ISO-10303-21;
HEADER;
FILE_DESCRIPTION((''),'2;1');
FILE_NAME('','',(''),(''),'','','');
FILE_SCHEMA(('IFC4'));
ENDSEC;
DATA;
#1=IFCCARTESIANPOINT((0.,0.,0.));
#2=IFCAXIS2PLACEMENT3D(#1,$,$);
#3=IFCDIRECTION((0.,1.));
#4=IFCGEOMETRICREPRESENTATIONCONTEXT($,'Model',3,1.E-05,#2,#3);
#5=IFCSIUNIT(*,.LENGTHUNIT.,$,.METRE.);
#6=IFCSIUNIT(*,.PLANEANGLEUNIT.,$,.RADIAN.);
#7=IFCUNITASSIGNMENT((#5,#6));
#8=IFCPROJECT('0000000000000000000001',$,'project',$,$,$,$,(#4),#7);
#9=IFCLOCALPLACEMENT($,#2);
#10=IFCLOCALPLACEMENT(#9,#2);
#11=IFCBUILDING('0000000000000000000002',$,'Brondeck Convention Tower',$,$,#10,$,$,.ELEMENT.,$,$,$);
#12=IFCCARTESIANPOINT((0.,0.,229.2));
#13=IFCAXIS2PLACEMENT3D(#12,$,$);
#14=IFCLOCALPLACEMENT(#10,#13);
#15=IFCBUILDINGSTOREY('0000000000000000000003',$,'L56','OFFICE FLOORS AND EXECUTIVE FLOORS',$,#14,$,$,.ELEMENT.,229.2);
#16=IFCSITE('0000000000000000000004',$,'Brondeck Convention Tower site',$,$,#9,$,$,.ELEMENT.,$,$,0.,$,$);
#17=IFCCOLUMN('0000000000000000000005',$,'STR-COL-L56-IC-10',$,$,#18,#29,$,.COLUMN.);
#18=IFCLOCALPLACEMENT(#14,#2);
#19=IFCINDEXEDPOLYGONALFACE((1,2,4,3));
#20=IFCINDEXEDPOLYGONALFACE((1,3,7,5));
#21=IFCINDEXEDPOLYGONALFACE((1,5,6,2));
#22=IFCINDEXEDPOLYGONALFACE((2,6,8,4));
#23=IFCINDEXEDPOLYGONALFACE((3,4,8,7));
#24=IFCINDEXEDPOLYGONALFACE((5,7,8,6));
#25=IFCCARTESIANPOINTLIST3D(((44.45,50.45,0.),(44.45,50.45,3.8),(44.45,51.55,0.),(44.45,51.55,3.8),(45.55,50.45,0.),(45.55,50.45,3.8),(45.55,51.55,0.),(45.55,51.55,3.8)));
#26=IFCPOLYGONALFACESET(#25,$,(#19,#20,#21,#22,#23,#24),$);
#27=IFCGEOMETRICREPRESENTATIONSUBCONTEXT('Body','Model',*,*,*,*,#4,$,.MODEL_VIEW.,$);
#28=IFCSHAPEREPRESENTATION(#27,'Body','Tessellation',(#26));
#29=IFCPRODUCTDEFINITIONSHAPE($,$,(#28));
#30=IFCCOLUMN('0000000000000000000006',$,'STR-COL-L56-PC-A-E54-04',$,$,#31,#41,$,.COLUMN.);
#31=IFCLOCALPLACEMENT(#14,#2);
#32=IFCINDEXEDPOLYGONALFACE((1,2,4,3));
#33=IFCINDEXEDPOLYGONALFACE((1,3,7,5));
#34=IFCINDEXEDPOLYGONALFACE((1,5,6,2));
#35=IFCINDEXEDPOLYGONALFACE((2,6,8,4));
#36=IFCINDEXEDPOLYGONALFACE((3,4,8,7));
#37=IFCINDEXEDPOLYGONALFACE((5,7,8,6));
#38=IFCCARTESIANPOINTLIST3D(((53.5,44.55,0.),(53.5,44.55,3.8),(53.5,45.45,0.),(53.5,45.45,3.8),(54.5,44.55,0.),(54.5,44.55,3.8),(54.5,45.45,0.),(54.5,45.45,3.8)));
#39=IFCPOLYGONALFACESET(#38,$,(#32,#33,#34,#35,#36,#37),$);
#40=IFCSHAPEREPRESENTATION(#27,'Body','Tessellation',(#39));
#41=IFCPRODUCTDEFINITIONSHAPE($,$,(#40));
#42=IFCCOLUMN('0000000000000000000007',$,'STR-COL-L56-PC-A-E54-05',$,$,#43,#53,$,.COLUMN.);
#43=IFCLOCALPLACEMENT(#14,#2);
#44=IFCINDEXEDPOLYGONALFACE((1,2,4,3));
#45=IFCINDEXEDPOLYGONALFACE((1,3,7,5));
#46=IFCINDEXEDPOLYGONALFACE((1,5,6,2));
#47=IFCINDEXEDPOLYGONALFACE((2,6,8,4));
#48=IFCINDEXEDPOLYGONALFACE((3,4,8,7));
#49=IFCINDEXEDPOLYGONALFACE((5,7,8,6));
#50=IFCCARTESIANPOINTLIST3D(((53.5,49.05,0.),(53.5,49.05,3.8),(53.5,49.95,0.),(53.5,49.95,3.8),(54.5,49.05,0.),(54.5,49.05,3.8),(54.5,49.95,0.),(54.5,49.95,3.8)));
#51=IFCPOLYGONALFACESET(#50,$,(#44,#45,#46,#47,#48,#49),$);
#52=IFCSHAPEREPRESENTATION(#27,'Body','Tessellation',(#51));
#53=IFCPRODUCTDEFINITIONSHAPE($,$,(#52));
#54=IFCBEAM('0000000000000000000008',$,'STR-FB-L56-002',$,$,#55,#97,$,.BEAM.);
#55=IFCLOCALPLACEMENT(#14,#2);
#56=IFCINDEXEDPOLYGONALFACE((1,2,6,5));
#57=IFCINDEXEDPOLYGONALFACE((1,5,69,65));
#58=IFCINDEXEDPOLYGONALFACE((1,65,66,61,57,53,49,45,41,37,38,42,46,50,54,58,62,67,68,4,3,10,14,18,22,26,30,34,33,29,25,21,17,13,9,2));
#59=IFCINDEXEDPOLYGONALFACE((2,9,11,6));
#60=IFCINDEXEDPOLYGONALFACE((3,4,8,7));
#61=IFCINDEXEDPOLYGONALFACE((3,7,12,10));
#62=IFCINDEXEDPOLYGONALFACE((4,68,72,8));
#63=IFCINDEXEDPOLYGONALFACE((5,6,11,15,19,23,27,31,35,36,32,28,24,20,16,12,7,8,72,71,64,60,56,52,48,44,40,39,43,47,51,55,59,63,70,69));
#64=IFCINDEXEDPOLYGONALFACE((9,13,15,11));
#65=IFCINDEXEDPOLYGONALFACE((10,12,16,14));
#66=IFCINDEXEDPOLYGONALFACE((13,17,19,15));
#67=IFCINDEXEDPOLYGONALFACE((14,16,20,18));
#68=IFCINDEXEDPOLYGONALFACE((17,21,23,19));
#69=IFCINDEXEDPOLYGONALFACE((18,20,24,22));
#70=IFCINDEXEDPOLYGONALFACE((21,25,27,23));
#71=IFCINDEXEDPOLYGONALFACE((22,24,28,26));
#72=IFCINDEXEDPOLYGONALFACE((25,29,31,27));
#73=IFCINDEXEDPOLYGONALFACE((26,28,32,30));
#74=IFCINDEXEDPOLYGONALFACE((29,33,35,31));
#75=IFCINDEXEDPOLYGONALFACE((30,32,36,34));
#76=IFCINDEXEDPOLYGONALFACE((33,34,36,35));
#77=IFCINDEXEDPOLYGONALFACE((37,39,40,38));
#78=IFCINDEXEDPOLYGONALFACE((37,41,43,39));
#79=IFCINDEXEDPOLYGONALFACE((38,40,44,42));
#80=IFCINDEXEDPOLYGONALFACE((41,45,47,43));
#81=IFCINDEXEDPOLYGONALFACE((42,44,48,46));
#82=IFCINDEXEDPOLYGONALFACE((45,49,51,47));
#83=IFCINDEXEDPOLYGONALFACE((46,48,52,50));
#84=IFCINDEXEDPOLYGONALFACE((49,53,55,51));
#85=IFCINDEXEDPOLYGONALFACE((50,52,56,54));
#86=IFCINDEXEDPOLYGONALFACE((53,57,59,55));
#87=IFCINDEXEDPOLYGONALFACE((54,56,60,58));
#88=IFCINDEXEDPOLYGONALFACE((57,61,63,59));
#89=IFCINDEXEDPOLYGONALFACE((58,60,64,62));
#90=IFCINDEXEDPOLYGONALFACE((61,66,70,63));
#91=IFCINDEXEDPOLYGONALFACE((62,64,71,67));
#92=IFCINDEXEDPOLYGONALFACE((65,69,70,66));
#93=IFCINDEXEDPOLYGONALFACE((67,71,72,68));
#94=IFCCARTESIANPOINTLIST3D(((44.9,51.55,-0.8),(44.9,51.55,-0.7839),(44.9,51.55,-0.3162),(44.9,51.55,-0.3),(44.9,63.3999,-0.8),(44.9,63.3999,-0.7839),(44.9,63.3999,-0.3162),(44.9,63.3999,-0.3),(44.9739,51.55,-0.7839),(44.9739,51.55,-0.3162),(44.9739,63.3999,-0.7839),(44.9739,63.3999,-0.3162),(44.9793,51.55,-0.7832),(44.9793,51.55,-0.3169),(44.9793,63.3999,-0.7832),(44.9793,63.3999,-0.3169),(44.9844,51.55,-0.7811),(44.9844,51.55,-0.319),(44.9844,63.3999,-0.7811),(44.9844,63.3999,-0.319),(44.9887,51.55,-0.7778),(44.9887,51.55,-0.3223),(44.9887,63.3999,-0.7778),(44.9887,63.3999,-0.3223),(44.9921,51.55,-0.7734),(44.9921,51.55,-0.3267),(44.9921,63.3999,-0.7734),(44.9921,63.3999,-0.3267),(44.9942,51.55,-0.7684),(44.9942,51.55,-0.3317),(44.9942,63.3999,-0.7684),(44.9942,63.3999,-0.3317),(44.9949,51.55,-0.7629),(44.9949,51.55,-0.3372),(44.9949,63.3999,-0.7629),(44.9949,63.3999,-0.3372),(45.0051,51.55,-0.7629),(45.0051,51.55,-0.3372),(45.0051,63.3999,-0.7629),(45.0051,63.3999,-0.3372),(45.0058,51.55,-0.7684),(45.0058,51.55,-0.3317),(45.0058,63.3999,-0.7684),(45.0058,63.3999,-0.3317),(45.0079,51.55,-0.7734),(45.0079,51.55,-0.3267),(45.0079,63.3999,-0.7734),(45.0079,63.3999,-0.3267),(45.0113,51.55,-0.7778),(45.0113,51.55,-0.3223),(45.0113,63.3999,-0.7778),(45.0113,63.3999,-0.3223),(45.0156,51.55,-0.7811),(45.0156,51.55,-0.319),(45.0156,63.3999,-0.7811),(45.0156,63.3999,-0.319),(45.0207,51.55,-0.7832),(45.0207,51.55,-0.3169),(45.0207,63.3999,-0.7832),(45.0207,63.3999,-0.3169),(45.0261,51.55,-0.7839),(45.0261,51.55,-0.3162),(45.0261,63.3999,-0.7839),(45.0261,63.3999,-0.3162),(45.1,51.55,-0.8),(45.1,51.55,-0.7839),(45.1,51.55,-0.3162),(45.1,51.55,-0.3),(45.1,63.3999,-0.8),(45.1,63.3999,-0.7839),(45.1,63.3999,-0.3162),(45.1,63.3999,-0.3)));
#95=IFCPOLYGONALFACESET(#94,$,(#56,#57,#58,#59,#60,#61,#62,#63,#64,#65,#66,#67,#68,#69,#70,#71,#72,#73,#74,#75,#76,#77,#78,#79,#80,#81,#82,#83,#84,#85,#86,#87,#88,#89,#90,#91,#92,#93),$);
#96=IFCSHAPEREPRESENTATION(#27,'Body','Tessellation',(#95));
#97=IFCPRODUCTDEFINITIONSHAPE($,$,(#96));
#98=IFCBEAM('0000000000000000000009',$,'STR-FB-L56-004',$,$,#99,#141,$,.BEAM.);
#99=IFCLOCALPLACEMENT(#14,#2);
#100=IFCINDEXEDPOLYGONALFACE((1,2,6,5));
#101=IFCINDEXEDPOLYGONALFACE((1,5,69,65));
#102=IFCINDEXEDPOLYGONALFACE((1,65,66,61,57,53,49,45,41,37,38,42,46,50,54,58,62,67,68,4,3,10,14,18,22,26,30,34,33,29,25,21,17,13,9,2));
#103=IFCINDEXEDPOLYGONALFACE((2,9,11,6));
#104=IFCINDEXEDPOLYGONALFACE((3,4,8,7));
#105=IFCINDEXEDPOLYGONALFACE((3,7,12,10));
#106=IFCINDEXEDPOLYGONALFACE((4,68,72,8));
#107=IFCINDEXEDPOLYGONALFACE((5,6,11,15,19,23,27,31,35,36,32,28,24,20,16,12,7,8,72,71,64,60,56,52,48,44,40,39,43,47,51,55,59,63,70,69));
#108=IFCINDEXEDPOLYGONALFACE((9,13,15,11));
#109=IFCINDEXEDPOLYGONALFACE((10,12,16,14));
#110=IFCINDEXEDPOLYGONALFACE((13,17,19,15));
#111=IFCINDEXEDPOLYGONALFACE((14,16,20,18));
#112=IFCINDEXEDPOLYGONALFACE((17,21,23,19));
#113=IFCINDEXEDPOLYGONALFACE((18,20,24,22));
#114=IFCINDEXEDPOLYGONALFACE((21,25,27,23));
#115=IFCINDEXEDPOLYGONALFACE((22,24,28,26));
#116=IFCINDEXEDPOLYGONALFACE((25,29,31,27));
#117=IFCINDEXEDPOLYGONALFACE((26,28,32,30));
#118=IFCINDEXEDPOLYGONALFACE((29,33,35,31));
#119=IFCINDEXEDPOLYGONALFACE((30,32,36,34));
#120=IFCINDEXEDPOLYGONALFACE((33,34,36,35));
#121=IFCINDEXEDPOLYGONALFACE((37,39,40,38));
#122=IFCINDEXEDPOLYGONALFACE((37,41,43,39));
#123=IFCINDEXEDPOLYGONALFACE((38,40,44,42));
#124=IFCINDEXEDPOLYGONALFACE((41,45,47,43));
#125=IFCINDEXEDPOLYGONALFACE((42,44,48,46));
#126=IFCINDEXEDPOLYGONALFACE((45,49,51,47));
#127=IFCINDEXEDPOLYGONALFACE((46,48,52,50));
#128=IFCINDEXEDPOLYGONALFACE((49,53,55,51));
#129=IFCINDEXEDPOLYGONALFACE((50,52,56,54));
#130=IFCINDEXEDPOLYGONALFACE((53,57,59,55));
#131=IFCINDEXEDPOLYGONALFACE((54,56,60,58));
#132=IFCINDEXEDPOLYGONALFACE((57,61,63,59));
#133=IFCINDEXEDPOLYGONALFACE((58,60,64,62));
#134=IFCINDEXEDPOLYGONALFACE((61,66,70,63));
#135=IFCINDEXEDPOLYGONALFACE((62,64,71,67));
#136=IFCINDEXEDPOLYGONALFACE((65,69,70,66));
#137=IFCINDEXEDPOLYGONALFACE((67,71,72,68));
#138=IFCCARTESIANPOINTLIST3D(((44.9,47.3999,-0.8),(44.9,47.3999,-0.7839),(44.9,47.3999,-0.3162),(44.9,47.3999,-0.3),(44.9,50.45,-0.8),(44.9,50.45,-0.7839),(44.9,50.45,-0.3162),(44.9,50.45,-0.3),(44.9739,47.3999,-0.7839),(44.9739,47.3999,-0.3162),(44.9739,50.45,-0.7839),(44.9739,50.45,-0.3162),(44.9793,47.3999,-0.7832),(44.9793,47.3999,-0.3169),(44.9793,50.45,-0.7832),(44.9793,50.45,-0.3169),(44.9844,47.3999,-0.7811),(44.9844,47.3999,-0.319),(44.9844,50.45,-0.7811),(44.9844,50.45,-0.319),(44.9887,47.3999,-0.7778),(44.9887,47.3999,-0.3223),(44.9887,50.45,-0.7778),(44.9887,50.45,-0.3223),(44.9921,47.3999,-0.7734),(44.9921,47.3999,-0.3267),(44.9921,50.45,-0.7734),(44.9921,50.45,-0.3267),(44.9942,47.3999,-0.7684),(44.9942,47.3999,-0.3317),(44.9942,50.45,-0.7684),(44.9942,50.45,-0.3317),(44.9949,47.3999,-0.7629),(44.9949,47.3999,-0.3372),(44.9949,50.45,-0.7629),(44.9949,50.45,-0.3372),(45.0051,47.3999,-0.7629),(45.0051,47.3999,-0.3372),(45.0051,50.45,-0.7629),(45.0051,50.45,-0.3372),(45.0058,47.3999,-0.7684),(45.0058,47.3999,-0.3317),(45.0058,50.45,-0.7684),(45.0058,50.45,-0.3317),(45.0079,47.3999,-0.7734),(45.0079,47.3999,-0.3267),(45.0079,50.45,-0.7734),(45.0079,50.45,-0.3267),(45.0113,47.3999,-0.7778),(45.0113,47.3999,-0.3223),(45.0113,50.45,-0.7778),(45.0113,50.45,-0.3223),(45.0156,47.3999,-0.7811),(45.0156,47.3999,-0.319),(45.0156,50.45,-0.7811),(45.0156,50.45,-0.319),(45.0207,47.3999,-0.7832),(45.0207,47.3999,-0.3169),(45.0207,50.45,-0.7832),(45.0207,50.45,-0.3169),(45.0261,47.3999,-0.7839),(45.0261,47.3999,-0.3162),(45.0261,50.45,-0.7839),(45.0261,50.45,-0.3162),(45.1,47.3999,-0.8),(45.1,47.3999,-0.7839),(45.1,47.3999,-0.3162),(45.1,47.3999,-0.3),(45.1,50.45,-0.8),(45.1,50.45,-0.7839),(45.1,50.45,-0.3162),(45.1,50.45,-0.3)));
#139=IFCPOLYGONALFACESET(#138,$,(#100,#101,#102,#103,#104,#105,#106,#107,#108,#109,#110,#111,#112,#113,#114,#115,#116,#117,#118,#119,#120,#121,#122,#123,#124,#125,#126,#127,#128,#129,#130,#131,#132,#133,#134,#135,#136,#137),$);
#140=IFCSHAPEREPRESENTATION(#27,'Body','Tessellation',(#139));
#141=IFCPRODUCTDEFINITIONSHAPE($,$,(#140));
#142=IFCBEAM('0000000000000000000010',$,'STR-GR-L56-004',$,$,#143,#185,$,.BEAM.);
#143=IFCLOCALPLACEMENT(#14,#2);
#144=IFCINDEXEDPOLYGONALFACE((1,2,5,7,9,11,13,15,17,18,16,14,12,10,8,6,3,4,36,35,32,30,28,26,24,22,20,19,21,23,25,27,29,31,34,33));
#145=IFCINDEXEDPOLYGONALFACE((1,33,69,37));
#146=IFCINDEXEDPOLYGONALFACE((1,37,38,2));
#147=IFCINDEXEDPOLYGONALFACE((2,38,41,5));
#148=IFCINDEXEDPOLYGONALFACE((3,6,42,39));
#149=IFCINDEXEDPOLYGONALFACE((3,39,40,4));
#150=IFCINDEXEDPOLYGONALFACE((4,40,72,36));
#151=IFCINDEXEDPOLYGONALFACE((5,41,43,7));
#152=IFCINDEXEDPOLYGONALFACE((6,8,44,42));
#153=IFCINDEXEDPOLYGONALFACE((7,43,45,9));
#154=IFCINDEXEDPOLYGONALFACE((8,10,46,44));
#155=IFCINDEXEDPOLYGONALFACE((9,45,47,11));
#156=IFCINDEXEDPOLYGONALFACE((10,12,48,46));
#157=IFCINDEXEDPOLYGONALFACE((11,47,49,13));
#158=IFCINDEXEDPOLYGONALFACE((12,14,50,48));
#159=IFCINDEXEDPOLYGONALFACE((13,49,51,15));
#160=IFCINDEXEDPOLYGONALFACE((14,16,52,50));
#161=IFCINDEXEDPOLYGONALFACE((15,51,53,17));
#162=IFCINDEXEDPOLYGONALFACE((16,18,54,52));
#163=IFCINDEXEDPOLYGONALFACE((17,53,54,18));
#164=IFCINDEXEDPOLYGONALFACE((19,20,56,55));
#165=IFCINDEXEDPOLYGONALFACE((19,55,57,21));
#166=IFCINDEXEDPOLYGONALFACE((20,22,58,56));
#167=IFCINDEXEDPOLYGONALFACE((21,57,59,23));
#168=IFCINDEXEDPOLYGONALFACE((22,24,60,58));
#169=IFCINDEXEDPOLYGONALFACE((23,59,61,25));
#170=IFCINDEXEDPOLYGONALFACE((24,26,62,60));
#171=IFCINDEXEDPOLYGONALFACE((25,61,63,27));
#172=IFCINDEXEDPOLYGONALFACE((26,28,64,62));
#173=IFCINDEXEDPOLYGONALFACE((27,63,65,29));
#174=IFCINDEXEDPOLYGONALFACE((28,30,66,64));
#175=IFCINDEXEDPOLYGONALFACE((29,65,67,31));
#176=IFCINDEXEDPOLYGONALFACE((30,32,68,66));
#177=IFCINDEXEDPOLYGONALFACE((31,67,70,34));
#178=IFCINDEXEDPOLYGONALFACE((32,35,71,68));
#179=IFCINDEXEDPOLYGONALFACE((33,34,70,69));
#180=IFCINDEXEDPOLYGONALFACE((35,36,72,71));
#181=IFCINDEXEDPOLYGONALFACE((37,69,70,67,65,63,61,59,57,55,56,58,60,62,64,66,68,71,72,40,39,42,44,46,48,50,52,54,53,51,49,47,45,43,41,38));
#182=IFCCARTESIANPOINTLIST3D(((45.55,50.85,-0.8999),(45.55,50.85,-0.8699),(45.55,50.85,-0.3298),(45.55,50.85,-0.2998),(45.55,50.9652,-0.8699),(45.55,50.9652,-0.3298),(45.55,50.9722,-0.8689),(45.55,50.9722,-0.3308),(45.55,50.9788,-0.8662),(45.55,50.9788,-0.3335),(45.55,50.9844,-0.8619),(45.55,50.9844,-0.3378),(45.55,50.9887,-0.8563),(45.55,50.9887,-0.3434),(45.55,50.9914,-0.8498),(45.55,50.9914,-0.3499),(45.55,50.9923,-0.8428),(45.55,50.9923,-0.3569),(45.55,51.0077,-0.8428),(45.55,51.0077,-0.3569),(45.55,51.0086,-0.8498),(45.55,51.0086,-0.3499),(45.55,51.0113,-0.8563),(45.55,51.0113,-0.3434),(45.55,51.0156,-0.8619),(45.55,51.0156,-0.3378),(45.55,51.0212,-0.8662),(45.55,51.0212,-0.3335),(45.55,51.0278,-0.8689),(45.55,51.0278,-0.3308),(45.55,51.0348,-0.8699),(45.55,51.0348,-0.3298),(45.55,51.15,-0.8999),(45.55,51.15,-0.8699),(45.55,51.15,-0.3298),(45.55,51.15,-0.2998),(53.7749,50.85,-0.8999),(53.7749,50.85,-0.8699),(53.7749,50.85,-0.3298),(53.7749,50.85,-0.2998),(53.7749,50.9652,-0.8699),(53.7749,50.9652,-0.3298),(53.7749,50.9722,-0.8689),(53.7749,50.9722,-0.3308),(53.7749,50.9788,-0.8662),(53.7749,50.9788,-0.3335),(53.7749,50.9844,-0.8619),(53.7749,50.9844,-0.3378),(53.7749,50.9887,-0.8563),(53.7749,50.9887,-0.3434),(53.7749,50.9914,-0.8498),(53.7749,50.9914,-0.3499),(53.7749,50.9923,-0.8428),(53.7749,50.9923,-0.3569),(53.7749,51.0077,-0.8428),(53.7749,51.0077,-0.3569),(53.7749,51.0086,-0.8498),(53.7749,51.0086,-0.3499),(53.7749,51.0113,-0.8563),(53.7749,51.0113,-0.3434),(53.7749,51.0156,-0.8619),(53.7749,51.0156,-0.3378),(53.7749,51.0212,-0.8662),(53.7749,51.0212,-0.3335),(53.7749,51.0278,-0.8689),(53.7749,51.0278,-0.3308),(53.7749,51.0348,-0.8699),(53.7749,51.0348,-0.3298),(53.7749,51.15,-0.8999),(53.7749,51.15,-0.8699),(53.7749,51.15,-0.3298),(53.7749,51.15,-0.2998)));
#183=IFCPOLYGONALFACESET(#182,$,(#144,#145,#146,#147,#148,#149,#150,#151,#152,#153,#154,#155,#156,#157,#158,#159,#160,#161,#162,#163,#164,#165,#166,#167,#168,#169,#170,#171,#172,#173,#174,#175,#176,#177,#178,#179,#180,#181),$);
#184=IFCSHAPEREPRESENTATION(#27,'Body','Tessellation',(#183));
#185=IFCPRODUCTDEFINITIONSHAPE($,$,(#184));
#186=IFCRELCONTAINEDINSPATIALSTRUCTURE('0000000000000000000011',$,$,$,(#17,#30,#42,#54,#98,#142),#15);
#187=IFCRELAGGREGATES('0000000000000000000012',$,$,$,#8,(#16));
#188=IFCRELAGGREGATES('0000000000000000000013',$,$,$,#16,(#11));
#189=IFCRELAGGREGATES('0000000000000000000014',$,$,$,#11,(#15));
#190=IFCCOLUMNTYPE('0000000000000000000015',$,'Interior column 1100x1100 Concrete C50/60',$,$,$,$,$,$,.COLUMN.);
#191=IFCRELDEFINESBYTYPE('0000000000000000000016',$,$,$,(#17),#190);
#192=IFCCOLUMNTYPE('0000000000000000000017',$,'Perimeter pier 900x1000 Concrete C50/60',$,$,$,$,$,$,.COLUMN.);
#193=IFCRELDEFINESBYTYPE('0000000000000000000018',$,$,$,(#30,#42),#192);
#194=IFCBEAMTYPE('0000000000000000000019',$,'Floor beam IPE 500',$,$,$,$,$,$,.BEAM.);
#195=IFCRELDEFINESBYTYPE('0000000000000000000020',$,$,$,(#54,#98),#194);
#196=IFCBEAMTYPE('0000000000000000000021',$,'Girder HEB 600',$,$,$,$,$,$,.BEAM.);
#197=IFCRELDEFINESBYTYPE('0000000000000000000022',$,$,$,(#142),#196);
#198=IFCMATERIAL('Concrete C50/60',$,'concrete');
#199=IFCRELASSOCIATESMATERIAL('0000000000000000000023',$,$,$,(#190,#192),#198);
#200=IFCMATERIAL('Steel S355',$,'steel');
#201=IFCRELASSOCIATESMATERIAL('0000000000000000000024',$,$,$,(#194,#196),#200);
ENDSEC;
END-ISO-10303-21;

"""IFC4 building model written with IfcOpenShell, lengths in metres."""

from ifc_helpers import new_model, si_unit, direction, frame, origin, origin_2d, place, context, subcontext, project, spatial, rectangle, i_section, extrude, material, material_profile, profile_set, type_object, element, save


model = new_model("IFC4")

# Units and contexts
model_context = context("Model", 3, precision=1e-05, world=origin(), true_north=direction((0.0, 1.0)))
body_context = subcontext(model_context, "Body", "Model", "MODEL_VIEW")
ifc_project = project(units=[si_unit("LENGTHUNIT", "METRE"), si_unit("PLANEANGLEUNIT", "RADIAN")], contexts=[model_context])

# Site, building, storey
site_placement = place(None, origin())
site = spatial("IfcSite", under=ifc_project, at=site_placement, Name="Brondeck Convention Tower site", CompositionType="ELEMENT", RefElevation=0.0)
building_placement = place(site_placement, origin())
building = spatial("IfcBuilding", under=site, at=building_placement, Name="Brondeck Convention Tower", CompositionType="ELEMENT")
storey_placement = place(building_placement, frame((0.0, 0.0, 229.2)))
storey = spatial("IfcBuildingStorey", under=building, at=storey_placement, Name="L56", Description="OFFICE FLOORS AND EXECUTIVE FLOORS", CompositionType="ELEMENT", Elevation=229.2)

# Columns
ifc_material_1 = material(Name="Concrete C50/60", Category="concrete")
ifc_material_profile_1 = material_profile(ifc_material_1, rectangle(XDim=1.1001, YDim=1.1001, at=origin_2d()), Name="Interior column 1100x1100 Concrete C50/60")
ifc_profile_set_1 = profile_set([ifc_material_profile_1], Name="Concrete C50/60")
column_type_1 = type_object("IfcColumnType", Name="Interior column 1100x1100 Concrete C50/60", PredefinedType="COLUMN", material=ifc_profile_set_1)
column_placement = place(storey_placement, frame((45.0, 51.0, 0.0), z_axis=(0.0, 0.0, 1.0), x_axis=(1.0, 0.0, 0.0)))
element("IfcColumn", 1, at=column_placement, inside=storey, type_object=column_type_1, Name="STR-COL-L56-IC-10", PredefinedType="COLUMN", context=body_context, shape_type="SweptSolid", body=[
    extrude(rectangle(XDim=1.1001, YDim=1.1001, at=origin_2d()), origin(), (0.0, 0.0, 1.0), 3.8),
])
ifc_material_profile_2 = material_profile(ifc_material_1, rectangle(XDim=0.8999, YDim=1.0, at=origin_2d()), Name="Perimeter pier 900x1000 Concrete C50/60")
ifc_profile_set_2 = profile_set([ifc_material_profile_2], Name="Concrete C50/60")
column_type_2 = type_object("IfcColumnType", Name="Perimeter pier 900x1000 Concrete C50/60", PredefinedType="COLUMN", material=ifc_profile_set_2)
for number, where, z_axis, x_axis, name in (
    (2, (54.0, 45.0, 0.0), (0.0, 0.0, 1.0), (0.0, 1.0, 0.0), "STR-COL-L56-PC-A-E54-04"),
    (3, (54.0, 49.5, 0.0), (0.0, 0.0, 1.0), (0.0, 1.0, 0.0), "STR-COL-L56-PC-A-E54-05"),
):
    element("IfcColumn", number, at=place(storey_placement, frame(where, z_axis=z_axis, x_axis=x_axis)), inside=storey, type_object=column_type_2, Name=name, PredefinedType="COLUMN", context=body_context, shape_type="SweptSolid", body=[
        extrude(rectangle(XDim=0.8999, YDim=1.0, at=origin_2d()), origin(), (0.0, 0.0, 1.0), 3.8),
    ])

# Beams
ifc_material_2 = material(Name="Steel S355", Category="steel")
ifc_material_profile_3 = material_profile(ifc_material_2, i_section(OverallWidth=0.2, OverallDepth=0.5, WebThickness=0.0103, FlangeThickness=0.0161, FilletRadius=0.021, at=origin_2d()), Name="IPE 500")
ifc_profile_set_3 = profile_set([ifc_material_profile_3], Name="Steel S355")
beam_type_1 = type_object("IfcBeamType", Name="Floor beam IPE 500", PredefinedType="BEAM", material=ifc_profile_set_3)
beam_1_placement = place(storey_placement, frame((45.0, 51.55, -0.55), z_axis=(0.0, 1.0, 0.0), x_axis=(-1.0, 0.0, 0.0)))
element("IfcBeam", 4, at=beam_1_placement, inside=storey, type_object=beam_type_1, Name="STR-FB-L56-002", PredefinedType="BEAM", context=body_context, shape_type="SweptSolid", body=[
    extrude(i_section(OverallWidth=0.2, OverallDepth=0.5, WebThickness=0.0103, FlangeThickness=0.0161, FilletRadius=0.021, at=origin_2d()), origin(), (0.0, 0.0, 1.0), 11.8499),
])
beam_2_placement = place(storey_placement, frame((45.0, 47.3999, -0.55), z_axis=(0.0, 1.0, 0.0), x_axis=(-1.0, 0.0, 0.0)))
element("IfcBeam", 5, at=beam_2_placement, inside=storey, type_object=beam_type_1, Name="STR-FB-L56-004", PredefinedType="BEAM", context=body_context, shape_type="SweptSolid", body=[
    extrude(i_section(OverallWidth=0.2, OverallDepth=0.5, WebThickness=0.0103, FlangeThickness=0.0161, FilletRadius=0.021, at=origin_2d()), origin(), (0.0, 0.0, 1.0), 3.05),
])
ifc_material_profile_4 = material_profile(ifc_material_2, i_section(OverallWidth=0.3, OverallDepth=0.6001, WebThickness=0.0154, FlangeThickness=0.03, FilletRadius=0.0271, at=origin_2d()), Name="HEB 600")
ifc_profile_set_4 = profile_set([ifc_material_profile_4], Name="Steel S355")
beam_type_2 = type_object("IfcBeamType", Name="Girder HEB 600", PredefinedType="BEAM", material=ifc_profile_set_4)
beam_3_placement = place(storey_placement, frame((45.55, 51.0, -0.5999), z_axis=(1.0, 0.0, 0.0), x_axis=(0.0, 1.0, 0.0)))
element("IfcBeam", 6, at=beam_3_placement, inside=storey, type_object=beam_type_2, Name="STR-GR-L56-004", PredefinedType="BEAM", context=body_context, shape_type="SweptSolid", body=[
    extrude(i_section(OverallWidth=0.3, OverallDepth=0.6001, WebThickness=0.0154, FlangeThickness=0.03, FilletRadius=0.0271, at=origin_2d()), origin(), (0.0, 0.0, 1.0), 8.2249),
])

save(model, "model.ifc")
